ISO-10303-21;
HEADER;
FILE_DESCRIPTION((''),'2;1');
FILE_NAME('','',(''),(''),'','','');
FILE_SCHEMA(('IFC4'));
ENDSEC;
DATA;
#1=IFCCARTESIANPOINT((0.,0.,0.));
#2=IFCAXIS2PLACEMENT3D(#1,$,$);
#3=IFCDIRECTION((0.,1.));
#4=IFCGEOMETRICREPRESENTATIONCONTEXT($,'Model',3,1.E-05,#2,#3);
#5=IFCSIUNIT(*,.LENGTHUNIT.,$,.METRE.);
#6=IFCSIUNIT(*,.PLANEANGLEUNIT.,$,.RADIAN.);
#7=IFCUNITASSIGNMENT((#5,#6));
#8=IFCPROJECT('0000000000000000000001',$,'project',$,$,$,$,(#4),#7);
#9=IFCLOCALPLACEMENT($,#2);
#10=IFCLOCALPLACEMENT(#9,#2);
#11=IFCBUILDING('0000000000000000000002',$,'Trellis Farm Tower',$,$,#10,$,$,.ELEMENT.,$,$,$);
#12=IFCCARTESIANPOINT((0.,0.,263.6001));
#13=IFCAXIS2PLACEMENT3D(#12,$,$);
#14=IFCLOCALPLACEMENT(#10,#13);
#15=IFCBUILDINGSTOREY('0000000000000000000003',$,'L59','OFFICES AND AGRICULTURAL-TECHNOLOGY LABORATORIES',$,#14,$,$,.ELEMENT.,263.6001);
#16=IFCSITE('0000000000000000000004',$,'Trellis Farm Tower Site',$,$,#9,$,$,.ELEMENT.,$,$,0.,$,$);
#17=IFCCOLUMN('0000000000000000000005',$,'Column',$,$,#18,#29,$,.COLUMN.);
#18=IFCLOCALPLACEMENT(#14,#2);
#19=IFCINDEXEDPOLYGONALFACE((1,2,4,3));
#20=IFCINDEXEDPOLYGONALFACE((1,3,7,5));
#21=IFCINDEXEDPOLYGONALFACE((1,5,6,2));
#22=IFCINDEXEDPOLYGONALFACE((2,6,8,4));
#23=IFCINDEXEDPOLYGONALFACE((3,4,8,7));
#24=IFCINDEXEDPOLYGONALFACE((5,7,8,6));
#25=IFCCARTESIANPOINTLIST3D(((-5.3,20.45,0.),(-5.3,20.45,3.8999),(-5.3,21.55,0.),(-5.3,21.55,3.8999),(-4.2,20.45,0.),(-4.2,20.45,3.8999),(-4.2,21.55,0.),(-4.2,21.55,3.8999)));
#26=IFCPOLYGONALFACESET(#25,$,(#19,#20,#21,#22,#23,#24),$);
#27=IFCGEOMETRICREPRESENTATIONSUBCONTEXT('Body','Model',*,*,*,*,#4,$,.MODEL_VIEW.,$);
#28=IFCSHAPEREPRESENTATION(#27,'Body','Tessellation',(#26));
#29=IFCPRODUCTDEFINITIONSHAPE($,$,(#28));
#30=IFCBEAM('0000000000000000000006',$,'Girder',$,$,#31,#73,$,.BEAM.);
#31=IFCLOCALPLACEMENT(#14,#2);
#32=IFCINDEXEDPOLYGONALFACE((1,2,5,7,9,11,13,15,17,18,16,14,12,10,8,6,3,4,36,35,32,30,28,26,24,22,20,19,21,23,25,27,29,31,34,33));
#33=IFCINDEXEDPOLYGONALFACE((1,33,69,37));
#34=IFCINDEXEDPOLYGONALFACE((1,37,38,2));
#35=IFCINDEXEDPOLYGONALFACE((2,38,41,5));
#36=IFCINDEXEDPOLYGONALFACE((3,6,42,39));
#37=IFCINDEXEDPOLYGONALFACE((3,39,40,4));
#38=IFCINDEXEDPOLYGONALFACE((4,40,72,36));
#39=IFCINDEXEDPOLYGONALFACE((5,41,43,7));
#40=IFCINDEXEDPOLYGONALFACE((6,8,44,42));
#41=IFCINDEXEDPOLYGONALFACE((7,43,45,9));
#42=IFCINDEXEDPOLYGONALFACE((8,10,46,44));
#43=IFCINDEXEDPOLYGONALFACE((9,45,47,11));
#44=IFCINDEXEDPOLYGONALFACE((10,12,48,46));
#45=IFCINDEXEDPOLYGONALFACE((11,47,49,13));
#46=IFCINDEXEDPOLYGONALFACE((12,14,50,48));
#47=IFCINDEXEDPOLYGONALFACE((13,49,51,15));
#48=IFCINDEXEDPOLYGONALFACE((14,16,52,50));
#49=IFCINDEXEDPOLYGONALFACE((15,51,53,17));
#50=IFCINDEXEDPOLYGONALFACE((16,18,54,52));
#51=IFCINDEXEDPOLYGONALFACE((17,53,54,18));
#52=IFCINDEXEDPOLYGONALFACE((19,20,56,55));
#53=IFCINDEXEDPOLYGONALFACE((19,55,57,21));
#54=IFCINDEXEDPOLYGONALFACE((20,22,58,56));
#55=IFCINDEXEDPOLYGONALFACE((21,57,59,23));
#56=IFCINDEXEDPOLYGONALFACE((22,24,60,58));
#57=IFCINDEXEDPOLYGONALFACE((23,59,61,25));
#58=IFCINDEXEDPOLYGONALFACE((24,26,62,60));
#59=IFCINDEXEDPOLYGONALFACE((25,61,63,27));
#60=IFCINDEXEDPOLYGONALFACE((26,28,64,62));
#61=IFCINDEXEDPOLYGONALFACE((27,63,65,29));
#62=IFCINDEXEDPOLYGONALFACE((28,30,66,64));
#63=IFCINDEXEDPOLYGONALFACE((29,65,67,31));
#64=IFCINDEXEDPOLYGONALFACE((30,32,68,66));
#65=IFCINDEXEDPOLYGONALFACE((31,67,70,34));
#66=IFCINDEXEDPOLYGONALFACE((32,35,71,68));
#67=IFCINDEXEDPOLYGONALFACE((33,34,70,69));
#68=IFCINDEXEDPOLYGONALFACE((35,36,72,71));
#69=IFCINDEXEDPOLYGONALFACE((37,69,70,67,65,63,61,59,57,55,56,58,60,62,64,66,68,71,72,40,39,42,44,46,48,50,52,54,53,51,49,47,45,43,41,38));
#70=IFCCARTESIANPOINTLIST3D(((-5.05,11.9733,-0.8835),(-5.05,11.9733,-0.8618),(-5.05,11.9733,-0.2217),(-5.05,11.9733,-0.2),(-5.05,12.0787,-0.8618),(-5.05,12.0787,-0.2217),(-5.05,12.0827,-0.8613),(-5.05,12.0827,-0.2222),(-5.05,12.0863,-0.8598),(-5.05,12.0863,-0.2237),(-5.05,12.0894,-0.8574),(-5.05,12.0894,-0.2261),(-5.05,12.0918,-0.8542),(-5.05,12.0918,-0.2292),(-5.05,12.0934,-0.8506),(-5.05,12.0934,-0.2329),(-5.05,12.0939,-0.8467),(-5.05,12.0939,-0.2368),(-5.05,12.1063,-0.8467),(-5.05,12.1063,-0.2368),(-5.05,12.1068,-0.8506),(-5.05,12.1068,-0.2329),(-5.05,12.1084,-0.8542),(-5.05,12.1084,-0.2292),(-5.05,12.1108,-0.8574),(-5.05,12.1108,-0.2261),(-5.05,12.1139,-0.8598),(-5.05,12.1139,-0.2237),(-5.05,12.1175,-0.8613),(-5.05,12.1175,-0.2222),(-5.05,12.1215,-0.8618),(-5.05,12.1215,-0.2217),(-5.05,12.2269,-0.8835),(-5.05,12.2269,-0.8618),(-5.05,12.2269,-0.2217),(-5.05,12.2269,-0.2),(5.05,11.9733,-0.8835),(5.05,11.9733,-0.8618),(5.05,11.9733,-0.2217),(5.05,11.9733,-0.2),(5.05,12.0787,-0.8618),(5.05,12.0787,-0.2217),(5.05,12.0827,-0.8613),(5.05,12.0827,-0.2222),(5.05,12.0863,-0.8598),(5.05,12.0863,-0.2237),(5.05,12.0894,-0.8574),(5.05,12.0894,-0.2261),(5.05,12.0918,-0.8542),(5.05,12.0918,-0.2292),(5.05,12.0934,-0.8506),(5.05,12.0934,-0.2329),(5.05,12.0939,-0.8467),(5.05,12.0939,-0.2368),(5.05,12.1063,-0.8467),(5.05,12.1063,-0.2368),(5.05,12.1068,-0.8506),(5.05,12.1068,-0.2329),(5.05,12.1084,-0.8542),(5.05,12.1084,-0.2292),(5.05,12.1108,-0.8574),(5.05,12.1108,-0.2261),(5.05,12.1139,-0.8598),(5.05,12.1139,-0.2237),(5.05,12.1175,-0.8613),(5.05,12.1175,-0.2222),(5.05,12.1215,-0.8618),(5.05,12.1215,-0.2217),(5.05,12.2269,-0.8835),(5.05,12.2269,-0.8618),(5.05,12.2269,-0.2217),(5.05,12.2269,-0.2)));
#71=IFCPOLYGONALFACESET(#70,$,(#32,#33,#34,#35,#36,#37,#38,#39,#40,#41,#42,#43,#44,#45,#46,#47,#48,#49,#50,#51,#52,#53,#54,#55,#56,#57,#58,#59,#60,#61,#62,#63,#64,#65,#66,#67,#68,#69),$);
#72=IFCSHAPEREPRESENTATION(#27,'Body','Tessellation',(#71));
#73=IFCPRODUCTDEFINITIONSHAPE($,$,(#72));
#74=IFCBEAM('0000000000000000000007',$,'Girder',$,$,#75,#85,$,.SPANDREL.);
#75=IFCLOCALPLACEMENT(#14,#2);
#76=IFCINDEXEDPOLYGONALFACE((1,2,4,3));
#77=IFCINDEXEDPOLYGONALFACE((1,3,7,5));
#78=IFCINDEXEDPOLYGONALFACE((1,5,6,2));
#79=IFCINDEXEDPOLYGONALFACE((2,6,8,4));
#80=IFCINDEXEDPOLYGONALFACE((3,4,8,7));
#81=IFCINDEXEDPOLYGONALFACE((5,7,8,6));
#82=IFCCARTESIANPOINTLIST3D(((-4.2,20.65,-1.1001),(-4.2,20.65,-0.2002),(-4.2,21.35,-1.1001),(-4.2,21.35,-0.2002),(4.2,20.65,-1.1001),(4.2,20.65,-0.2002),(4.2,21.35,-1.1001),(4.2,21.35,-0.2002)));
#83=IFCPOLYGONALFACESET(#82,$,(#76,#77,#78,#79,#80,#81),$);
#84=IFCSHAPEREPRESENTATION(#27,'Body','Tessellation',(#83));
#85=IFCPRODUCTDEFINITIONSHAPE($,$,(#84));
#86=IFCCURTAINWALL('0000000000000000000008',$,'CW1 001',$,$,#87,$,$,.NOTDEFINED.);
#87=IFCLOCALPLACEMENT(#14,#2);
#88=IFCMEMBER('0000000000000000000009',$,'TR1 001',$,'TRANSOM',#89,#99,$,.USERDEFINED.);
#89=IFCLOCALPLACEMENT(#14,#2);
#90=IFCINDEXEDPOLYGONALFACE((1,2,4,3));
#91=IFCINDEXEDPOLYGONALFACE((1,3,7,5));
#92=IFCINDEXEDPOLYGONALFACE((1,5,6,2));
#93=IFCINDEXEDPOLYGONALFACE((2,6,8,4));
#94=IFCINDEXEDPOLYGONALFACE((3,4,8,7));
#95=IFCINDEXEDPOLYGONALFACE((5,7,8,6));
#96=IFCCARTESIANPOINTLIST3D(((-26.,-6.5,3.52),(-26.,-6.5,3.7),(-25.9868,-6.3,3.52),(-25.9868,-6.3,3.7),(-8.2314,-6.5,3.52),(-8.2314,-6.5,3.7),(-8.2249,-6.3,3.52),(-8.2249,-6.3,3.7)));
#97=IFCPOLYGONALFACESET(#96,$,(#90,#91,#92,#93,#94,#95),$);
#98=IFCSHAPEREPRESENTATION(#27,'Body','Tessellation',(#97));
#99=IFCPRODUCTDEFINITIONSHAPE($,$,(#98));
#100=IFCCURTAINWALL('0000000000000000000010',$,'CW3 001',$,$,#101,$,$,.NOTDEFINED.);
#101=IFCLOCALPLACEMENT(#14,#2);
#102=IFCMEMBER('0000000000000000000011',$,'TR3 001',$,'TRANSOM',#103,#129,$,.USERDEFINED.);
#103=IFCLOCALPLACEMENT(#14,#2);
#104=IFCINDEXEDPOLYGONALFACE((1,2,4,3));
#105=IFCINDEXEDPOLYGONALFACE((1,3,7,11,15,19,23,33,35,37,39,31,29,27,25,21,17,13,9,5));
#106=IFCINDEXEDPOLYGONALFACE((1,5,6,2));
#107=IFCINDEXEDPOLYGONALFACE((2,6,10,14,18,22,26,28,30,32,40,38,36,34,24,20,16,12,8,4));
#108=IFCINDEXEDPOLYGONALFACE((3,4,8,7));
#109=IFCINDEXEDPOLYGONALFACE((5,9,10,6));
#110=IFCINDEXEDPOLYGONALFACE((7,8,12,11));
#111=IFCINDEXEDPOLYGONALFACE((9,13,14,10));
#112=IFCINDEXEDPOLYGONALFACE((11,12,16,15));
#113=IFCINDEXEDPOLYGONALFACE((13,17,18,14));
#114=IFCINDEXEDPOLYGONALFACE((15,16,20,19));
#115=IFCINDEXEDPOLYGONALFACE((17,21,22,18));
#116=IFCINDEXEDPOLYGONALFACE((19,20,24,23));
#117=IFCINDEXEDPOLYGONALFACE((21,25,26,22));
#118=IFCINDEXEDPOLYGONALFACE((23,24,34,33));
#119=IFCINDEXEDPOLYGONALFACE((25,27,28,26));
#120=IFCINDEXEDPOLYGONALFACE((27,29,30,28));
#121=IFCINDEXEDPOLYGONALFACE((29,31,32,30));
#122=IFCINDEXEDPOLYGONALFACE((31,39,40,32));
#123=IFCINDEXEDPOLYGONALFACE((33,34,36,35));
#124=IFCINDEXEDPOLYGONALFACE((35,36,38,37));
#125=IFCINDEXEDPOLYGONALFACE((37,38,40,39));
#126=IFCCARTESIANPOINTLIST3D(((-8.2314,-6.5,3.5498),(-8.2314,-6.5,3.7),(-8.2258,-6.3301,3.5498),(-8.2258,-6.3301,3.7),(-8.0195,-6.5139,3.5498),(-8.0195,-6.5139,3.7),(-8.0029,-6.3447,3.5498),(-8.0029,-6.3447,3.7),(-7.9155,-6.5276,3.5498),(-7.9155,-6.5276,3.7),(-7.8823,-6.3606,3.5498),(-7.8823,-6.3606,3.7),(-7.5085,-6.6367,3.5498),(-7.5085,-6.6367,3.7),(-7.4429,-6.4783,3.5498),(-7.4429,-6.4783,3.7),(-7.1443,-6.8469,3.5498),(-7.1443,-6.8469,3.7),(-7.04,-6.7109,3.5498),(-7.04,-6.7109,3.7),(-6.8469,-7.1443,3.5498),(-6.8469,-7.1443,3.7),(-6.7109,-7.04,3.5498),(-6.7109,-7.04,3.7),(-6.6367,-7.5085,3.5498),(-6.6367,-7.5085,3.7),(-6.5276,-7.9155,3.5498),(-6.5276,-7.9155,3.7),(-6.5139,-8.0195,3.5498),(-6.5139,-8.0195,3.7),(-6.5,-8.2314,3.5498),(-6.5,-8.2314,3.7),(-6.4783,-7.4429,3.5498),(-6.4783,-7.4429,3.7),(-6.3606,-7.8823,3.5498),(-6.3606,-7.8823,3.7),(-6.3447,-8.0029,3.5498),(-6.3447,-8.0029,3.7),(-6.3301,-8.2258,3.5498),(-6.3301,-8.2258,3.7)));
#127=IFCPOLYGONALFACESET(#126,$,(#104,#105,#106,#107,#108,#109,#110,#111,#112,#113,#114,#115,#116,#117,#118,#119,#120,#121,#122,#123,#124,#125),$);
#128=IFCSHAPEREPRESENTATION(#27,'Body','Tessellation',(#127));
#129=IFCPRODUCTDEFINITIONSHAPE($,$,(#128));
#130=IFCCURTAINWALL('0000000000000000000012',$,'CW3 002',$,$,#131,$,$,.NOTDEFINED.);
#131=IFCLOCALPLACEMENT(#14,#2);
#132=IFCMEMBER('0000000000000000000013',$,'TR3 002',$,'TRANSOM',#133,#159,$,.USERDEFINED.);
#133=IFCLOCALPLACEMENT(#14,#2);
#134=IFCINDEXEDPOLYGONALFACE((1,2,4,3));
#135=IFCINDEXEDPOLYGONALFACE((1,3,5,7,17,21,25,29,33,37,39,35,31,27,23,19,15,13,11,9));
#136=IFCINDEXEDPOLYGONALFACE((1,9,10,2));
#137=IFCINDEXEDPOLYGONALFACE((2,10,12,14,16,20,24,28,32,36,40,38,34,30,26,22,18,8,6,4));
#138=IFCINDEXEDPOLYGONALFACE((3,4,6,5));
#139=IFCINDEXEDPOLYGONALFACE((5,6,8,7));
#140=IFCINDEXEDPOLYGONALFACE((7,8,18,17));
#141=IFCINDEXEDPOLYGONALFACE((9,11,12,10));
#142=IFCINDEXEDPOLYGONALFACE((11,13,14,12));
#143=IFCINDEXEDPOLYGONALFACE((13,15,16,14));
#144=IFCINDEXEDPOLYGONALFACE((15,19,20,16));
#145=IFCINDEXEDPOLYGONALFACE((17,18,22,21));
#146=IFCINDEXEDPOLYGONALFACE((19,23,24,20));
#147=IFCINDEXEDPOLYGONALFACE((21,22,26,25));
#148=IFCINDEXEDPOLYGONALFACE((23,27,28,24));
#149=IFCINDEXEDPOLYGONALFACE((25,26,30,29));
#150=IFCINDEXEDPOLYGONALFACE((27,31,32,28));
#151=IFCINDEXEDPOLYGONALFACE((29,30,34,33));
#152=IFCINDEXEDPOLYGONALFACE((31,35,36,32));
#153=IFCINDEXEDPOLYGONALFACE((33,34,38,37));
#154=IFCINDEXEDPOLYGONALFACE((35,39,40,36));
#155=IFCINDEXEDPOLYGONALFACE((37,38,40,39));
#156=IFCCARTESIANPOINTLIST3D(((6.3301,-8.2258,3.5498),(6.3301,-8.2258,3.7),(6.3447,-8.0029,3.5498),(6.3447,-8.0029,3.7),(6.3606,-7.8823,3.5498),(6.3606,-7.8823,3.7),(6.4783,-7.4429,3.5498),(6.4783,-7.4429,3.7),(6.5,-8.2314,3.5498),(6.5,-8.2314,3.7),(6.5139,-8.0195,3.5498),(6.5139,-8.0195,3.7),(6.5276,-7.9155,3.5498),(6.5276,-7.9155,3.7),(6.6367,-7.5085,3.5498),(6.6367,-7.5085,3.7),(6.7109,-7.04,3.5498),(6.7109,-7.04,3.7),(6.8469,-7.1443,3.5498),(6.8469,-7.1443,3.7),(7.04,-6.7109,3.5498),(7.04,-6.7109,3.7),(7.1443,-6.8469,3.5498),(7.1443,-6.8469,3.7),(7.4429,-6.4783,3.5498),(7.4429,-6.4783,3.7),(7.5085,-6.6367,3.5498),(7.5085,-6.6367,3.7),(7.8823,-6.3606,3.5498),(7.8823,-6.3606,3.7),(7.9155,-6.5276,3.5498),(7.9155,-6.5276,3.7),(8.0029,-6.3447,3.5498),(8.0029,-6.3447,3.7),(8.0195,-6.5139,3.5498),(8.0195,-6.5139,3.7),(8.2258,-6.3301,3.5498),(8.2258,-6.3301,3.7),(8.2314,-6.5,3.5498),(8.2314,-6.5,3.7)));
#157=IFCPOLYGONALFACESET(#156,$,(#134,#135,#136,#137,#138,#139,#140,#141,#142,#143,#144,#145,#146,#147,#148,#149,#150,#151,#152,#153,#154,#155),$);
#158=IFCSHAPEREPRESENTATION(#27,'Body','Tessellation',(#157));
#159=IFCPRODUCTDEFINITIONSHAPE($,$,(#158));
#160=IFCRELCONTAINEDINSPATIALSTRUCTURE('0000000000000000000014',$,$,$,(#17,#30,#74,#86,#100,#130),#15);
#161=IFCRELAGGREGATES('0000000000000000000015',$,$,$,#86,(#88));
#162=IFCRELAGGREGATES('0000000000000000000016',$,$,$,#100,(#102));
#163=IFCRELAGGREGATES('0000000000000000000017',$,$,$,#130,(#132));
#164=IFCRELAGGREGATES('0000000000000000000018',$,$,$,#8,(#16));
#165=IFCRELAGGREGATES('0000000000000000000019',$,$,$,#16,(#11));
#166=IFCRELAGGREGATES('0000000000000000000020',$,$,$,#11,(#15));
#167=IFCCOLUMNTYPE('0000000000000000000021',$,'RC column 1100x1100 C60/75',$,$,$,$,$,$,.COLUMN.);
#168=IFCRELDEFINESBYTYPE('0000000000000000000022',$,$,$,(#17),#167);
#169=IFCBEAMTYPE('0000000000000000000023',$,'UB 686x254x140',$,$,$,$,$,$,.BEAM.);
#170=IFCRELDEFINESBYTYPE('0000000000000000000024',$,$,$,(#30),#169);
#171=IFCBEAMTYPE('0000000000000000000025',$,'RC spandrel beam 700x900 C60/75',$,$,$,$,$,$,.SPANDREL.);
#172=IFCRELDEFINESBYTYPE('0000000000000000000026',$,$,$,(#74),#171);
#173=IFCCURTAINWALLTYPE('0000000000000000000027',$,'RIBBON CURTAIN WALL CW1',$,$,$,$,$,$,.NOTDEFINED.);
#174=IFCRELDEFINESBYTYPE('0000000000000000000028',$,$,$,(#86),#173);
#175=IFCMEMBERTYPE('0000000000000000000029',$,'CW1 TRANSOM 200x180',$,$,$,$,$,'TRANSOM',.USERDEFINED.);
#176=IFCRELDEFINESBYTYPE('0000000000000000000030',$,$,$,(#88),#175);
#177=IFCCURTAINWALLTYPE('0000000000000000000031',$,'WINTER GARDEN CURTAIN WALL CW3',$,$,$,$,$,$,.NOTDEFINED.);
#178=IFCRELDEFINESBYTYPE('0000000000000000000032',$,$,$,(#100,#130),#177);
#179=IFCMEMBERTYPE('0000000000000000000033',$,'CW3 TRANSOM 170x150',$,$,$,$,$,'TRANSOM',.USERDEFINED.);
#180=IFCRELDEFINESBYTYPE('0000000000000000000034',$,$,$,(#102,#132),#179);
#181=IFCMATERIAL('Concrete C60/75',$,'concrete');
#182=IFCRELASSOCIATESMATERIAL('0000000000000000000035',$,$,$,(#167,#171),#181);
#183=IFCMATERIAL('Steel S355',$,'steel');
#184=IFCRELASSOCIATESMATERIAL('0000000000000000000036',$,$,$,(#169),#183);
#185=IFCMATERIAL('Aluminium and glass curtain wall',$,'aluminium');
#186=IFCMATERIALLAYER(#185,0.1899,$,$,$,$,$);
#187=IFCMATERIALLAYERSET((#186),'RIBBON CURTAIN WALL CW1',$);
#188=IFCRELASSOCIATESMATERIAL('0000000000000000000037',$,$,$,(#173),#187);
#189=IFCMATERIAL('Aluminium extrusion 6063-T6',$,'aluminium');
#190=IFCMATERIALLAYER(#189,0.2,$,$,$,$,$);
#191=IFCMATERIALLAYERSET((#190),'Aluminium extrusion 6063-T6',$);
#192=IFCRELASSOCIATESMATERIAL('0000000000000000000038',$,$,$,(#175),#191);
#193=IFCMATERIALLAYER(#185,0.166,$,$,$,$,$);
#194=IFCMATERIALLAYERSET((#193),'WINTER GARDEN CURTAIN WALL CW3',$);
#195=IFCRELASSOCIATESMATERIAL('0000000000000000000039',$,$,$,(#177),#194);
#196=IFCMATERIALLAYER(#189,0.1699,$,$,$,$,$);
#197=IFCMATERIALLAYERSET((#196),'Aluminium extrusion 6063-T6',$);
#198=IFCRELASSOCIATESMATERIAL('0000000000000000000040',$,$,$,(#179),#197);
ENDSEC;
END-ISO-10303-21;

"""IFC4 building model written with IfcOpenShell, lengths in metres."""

from ifc_helpers import new_model, si_unit, direction, frame, origin, origin_2d, place, context, subcontext, project, spatial, polyline, rectangle, i_section, outline, extrude, source, transform, mapped, material, layer, layer_set, material_profile, profile_set, type_object, element, aggregate, save


model = new_model("IFC4")

# Units and contexts
model_context = context("Model", 3, precision=1e-05, world=origin(), true_north=direction((0.0, 1.0)))
body_context = subcontext(model_context, "Body", "Model", "MODEL_VIEW")
ifc_project = project(units=[si_unit("LENGTHUNIT", "METRE"), si_unit("PLANEANGLEUNIT", "RADIAN")], contexts=[model_context])

# Site, building, storey
site_placement = place(None, origin())
site = spatial("IfcSite", under=ifc_project, at=site_placement, Name="Trellis Farm Tower Site", CompositionType="ELEMENT", RefElevation=0.0)
building_placement = place(site_placement, origin())
building = spatial("IfcBuilding", under=site, at=building_placement, Name="Trellis Farm Tower", CompositionType="ELEMENT")
storey_placement = place(building_placement, frame((0.0, 0.0, 263.6001)))
storey = spatial("IfcBuildingStorey", under=building, at=storey_placement, Name="L59", Description="OFFICES AND AGRICULTURAL-TECHNOLOGY LABORATORIES", CompositionType="ELEMENT", Elevation=263.6001)

# Column
ifc_material_1 = material(Name="Concrete C60/75", Category="concrete")
ifc_material_profile_1 = material_profile(ifc_material_1, rectangle(XDim=1.1001, YDim=1.1001, at=origin_2d()), Name="RC column 1100x1100 C60/75")
ifc_profile_set_1 = profile_set([ifc_material_profile_1], Name="Concrete C60/75")
column_type = type_object("IfcColumnType", Name="RC column 1100x1100 C60/75", PredefinedType="COLUMN", material=ifc_profile_set_1)
shared_shape_1 = source(origin(), body_context, "Body", "SweptSolid", [
    extrude(rectangle(XDim=1.1001, YDim=1.1001, at=origin_2d()), origin(), (0.0, 0.0, 1.0), 3.8999),
])
column_placement = place(storey_placement, frame((-4.75, 21.0, 0.0), z_axis=(0.0, 0.0, 1.0), x_axis=(1.0, 0.0, 0.0)))
element("IfcColumn", 1, at=column_placement, inside=storey, type_object=column_type, Name="Column", PredefinedType="COLUMN", context=body_context, shape_type="MappedRepresentation", body=[
    mapped(shared_shape_1, transform((0.0, 0.0, 0.0))),
])

# Beams
ifc_material_2 = material(Name="Steel S355", Category="steel")
ifc_material_profile_2 = material_profile(ifc_material_2, i_section(OverallWidth=0.2537, OverallDepth=0.6836, WebThickness=0.0125, FlangeThickness=0.0217, FilletRadius=0.0151, at=origin_2d()), Name="UB 686x254x140")
ifc_profile_set_2 = profile_set([ifc_material_profile_2], Name="Steel S355")
beam_type_1 = type_object("IfcBeamType", Name="UB 686x254x140", PredefinedType="BEAM", material=ifc_profile_set_2)
shared_shape_2 = source(origin(), body_context, "Body", "SweptSolid", [
    extrude(i_section(OverallWidth=0.2537, OverallDepth=0.6836, WebThickness=0.0125, FlangeThickness=0.0217, FilletRadius=0.0151, at=origin_2d()), origin(), (0.0, 0.0, 1.0), 10.1001),
])
beam_1_placement = place(storey_placement, frame((-5.05, 12.1001, -0.5417), z_axis=(1.0, 0.0, 0.0), x_axis=(0.0, 1.0, 0.0)))
element("IfcBeam", 2, at=beam_1_placement, inside=storey, type_object=beam_type_1, Name="Girder", PredefinedType="BEAM", context=body_context, shape_type="MappedRepresentation", body=[
    mapped(shared_shape_2, transform((0.0, 0.0, 0.0))),
])
ifc_material_profile_3 = material_profile(ifc_material_1, rectangle(XDim=0.7, YDim=0.8999, at=origin_2d()), Name="RC spandrel beam 700x900 C60/75")
ifc_profile_set_3 = profile_set([ifc_material_profile_3], Name="Concrete C60/75")
beam_type_2 = type_object("IfcBeamType", Name="RC spandrel beam 700x900 C60/75", PredefinedType="SPANDREL", material=ifc_profile_set_3)
shared_shape_3 = source(origin(), body_context, "Body", "SweptSolid", [
    extrude(rectangle(XDim=0.7, YDim=0.8999, at=origin_2d()), origin(), (0.0, 0.0, 1.0), 8.3999),
])
beam_2_placement = place(storey_placement, frame((-4.2, 21.0, -0.6501), z_axis=(1.0, 0.0, 0.0), x_axis=(0.0, 1.0, 0.0)))
element("IfcBeam", 3, at=beam_2_placement, inside=storey, type_object=beam_type_2, Name="Girder", PredefinedType="SPANDREL", context=body_context, shape_type="MappedRepresentation", body=[
    mapped(shared_shape_3, transform((0.0, 0.0, 0.0))),
])

# Curtain walls, members
ifc_material_3 = material(Name="Aluminium and glass curtain wall", Category="aluminium")
ifc_layer_1 = layer(ifc_material_3, 0.1899)
ifc_layer_set_1 = layer_set([ifc_layer_1], Name="RIBBON CURTAIN WALL CW1")
curtain_wall_type_1 = type_object("IfcCurtainWallType", Name="RIBBON CURTAIN WALL CW1", PredefinedType="NOTDEFINED", material=ifc_layer_set_1)
placement_1 = place(storey_placement, origin())
curtain_wall_1 = element("IfcCurtainWall", 4, at=placement_1, inside=storey, type_object=curtain_wall_type_1, Name="CW1 001", PredefinedType="NOTDEFINED")
ifc_material_4 = material(Name="Aluminium extrusion 6063-T6", Category="aluminium")
ifc_layer_2 = layer(ifc_material_4, 0.2)
ifc_layer_set_2 = layer_set([ifc_layer_2], Name="Aluminium extrusion 6063-T6")
member_type_1 = type_object("IfcMemberType", Name="CW1 TRANSOM 200x180", ElementType="TRANSOM", PredefinedType="USERDEFINED", material=ifc_layer_set_2)
shared_shape_4 = source(origin(), body_context, "Body", "SweptSolid", [
    extrude(outline(polyline([(-26.0, -6.5), (-8.2314, -6.5), (-8.2249, -6.3), (-25.9868, -6.3), (-26.0, -6.5)])), origin(), (0.0, 0.0, 1.0), 0.1799),
])
placement_2 = place(storey_placement, frame((0.0, 0.0, 3.52)))
member_1 = element("IfcMember", 5, at=placement_2, type_object=member_type_1, Name="TR1 001", ObjectType="TRANSOM", PredefinedType="USERDEFINED", context=body_context, shape_type="MappedRepresentation", body=[
    mapped(shared_shape_4, transform((0.0, 0.0, 0.0))),
])
aggregate(curtain_wall_1, [member_1])
ifc_layer_3 = layer(ifc_material_3, 0.166)
ifc_layer_set_3 = layer_set([ifc_layer_3], Name="WINTER GARDEN CURTAIN WALL CW3")
curtain_wall_type_2 = type_object("IfcCurtainWallType", Name="WINTER GARDEN CURTAIN WALL CW3", PredefinedType="NOTDEFINED", material=ifc_layer_set_3)
curtain_wall_2 = element("IfcCurtainWall", 6, at=placement_1, inside=storey, type_object=curtain_wall_type_2, Name="CW3 001", PredefinedType="NOTDEFINED")
ifc_layer_4 = layer(ifc_material_4, 0.1699)
ifc_layer_set_4 = layer_set([ifc_layer_4], Name="Aluminium extrusion 6063-T6")
member_type_2 = type_object("IfcMemberType", Name="CW3 TRANSOM 170x150", ElementType="TRANSOM", PredefinedType="USERDEFINED", material=ifc_layer_set_4)
shared_shape_5 = source(origin(), body_context, "Body", "SweptSolid", [
    extrude(outline(polyline([(-8.2314, -6.5), (-8.0195, -6.5139), (-7.9155, -6.5276), (-7.5085, -6.6367), (-7.1443, -6.8469), (-6.8469, -7.1443), (-6.6367, -7.5085), (-6.5276, -7.9155), (-6.5139, -8.0195), (-6.5, -8.2314), (-6.3301, -8.2258), (-6.3447, -8.0029), (-6.3606, -7.8823), (-6.4783, -7.4429), (-6.7109, -7.04), (-7.04, -6.7109), (-7.4429, -6.4783), (-7.8823, -6.3606), (-8.0029, -6.3447), (-8.2258, -6.3301), (-8.2314, -6.5)])), origin(), (0.0, 0.0, 1.0), 0.1501),
])
placement_3 = place(storey_placement, frame((0.0, 0.0, 3.5498)))
member_2 = element("IfcMember", 7, at=placement_3, type_object=member_type_2, Name="TR3 001", ObjectType="TRANSOM", PredefinedType="USERDEFINED", context=body_context, shape_type="MappedRepresentation", body=[
    mapped(shared_shape_5, transform((0.0, 0.0, 0.0))),
])
curtain_wall_3 = element("IfcCurtainWall", 8, at=placement_1, inside=storey, type_object=curtain_wall_type_2, Name="CW3 002", PredefinedType="NOTDEFINED")
shared_shape_6 = source(origin(), body_context, "Body", "SweptSolid", [
    extrude(outline(polyline([(6.5, -8.2314), (6.5139, -8.0195), (6.5276, -7.9155), (6.6367, -7.5085), (6.8469, -7.1443), (7.1443, -6.8469), (7.5085, -6.6367), (7.9155, -6.5276), (8.0195, -6.5139), (8.2314, -6.5), (8.2258, -6.3301), (8.0029, -6.3447), (7.8823, -6.3606), (7.4429, -6.4783), (7.04, -6.7109), (6.7109, -7.04), (6.4783, -7.4429), (6.3606, -7.8823), (6.3447, -8.0029), (6.3301, -8.2258), (6.5, -8.2314)])), origin(), (0.0, 0.0, 1.0), 0.1501),
])
member_3 = element("IfcMember", 9, at=placement_3, type_object=member_type_2, Name="TR3 002", ObjectType="TRANSOM", PredefinedType="USERDEFINED", context=body_context, shape_type="MappedRepresentation", body=[
    mapped(shared_shape_6, transform((0.0, 0.0, 0.0))),
])

aggregate(curtain_wall_2, [member_2])
aggregate(curtain_wall_3, [member_3])

save(model, "model.ifc")
